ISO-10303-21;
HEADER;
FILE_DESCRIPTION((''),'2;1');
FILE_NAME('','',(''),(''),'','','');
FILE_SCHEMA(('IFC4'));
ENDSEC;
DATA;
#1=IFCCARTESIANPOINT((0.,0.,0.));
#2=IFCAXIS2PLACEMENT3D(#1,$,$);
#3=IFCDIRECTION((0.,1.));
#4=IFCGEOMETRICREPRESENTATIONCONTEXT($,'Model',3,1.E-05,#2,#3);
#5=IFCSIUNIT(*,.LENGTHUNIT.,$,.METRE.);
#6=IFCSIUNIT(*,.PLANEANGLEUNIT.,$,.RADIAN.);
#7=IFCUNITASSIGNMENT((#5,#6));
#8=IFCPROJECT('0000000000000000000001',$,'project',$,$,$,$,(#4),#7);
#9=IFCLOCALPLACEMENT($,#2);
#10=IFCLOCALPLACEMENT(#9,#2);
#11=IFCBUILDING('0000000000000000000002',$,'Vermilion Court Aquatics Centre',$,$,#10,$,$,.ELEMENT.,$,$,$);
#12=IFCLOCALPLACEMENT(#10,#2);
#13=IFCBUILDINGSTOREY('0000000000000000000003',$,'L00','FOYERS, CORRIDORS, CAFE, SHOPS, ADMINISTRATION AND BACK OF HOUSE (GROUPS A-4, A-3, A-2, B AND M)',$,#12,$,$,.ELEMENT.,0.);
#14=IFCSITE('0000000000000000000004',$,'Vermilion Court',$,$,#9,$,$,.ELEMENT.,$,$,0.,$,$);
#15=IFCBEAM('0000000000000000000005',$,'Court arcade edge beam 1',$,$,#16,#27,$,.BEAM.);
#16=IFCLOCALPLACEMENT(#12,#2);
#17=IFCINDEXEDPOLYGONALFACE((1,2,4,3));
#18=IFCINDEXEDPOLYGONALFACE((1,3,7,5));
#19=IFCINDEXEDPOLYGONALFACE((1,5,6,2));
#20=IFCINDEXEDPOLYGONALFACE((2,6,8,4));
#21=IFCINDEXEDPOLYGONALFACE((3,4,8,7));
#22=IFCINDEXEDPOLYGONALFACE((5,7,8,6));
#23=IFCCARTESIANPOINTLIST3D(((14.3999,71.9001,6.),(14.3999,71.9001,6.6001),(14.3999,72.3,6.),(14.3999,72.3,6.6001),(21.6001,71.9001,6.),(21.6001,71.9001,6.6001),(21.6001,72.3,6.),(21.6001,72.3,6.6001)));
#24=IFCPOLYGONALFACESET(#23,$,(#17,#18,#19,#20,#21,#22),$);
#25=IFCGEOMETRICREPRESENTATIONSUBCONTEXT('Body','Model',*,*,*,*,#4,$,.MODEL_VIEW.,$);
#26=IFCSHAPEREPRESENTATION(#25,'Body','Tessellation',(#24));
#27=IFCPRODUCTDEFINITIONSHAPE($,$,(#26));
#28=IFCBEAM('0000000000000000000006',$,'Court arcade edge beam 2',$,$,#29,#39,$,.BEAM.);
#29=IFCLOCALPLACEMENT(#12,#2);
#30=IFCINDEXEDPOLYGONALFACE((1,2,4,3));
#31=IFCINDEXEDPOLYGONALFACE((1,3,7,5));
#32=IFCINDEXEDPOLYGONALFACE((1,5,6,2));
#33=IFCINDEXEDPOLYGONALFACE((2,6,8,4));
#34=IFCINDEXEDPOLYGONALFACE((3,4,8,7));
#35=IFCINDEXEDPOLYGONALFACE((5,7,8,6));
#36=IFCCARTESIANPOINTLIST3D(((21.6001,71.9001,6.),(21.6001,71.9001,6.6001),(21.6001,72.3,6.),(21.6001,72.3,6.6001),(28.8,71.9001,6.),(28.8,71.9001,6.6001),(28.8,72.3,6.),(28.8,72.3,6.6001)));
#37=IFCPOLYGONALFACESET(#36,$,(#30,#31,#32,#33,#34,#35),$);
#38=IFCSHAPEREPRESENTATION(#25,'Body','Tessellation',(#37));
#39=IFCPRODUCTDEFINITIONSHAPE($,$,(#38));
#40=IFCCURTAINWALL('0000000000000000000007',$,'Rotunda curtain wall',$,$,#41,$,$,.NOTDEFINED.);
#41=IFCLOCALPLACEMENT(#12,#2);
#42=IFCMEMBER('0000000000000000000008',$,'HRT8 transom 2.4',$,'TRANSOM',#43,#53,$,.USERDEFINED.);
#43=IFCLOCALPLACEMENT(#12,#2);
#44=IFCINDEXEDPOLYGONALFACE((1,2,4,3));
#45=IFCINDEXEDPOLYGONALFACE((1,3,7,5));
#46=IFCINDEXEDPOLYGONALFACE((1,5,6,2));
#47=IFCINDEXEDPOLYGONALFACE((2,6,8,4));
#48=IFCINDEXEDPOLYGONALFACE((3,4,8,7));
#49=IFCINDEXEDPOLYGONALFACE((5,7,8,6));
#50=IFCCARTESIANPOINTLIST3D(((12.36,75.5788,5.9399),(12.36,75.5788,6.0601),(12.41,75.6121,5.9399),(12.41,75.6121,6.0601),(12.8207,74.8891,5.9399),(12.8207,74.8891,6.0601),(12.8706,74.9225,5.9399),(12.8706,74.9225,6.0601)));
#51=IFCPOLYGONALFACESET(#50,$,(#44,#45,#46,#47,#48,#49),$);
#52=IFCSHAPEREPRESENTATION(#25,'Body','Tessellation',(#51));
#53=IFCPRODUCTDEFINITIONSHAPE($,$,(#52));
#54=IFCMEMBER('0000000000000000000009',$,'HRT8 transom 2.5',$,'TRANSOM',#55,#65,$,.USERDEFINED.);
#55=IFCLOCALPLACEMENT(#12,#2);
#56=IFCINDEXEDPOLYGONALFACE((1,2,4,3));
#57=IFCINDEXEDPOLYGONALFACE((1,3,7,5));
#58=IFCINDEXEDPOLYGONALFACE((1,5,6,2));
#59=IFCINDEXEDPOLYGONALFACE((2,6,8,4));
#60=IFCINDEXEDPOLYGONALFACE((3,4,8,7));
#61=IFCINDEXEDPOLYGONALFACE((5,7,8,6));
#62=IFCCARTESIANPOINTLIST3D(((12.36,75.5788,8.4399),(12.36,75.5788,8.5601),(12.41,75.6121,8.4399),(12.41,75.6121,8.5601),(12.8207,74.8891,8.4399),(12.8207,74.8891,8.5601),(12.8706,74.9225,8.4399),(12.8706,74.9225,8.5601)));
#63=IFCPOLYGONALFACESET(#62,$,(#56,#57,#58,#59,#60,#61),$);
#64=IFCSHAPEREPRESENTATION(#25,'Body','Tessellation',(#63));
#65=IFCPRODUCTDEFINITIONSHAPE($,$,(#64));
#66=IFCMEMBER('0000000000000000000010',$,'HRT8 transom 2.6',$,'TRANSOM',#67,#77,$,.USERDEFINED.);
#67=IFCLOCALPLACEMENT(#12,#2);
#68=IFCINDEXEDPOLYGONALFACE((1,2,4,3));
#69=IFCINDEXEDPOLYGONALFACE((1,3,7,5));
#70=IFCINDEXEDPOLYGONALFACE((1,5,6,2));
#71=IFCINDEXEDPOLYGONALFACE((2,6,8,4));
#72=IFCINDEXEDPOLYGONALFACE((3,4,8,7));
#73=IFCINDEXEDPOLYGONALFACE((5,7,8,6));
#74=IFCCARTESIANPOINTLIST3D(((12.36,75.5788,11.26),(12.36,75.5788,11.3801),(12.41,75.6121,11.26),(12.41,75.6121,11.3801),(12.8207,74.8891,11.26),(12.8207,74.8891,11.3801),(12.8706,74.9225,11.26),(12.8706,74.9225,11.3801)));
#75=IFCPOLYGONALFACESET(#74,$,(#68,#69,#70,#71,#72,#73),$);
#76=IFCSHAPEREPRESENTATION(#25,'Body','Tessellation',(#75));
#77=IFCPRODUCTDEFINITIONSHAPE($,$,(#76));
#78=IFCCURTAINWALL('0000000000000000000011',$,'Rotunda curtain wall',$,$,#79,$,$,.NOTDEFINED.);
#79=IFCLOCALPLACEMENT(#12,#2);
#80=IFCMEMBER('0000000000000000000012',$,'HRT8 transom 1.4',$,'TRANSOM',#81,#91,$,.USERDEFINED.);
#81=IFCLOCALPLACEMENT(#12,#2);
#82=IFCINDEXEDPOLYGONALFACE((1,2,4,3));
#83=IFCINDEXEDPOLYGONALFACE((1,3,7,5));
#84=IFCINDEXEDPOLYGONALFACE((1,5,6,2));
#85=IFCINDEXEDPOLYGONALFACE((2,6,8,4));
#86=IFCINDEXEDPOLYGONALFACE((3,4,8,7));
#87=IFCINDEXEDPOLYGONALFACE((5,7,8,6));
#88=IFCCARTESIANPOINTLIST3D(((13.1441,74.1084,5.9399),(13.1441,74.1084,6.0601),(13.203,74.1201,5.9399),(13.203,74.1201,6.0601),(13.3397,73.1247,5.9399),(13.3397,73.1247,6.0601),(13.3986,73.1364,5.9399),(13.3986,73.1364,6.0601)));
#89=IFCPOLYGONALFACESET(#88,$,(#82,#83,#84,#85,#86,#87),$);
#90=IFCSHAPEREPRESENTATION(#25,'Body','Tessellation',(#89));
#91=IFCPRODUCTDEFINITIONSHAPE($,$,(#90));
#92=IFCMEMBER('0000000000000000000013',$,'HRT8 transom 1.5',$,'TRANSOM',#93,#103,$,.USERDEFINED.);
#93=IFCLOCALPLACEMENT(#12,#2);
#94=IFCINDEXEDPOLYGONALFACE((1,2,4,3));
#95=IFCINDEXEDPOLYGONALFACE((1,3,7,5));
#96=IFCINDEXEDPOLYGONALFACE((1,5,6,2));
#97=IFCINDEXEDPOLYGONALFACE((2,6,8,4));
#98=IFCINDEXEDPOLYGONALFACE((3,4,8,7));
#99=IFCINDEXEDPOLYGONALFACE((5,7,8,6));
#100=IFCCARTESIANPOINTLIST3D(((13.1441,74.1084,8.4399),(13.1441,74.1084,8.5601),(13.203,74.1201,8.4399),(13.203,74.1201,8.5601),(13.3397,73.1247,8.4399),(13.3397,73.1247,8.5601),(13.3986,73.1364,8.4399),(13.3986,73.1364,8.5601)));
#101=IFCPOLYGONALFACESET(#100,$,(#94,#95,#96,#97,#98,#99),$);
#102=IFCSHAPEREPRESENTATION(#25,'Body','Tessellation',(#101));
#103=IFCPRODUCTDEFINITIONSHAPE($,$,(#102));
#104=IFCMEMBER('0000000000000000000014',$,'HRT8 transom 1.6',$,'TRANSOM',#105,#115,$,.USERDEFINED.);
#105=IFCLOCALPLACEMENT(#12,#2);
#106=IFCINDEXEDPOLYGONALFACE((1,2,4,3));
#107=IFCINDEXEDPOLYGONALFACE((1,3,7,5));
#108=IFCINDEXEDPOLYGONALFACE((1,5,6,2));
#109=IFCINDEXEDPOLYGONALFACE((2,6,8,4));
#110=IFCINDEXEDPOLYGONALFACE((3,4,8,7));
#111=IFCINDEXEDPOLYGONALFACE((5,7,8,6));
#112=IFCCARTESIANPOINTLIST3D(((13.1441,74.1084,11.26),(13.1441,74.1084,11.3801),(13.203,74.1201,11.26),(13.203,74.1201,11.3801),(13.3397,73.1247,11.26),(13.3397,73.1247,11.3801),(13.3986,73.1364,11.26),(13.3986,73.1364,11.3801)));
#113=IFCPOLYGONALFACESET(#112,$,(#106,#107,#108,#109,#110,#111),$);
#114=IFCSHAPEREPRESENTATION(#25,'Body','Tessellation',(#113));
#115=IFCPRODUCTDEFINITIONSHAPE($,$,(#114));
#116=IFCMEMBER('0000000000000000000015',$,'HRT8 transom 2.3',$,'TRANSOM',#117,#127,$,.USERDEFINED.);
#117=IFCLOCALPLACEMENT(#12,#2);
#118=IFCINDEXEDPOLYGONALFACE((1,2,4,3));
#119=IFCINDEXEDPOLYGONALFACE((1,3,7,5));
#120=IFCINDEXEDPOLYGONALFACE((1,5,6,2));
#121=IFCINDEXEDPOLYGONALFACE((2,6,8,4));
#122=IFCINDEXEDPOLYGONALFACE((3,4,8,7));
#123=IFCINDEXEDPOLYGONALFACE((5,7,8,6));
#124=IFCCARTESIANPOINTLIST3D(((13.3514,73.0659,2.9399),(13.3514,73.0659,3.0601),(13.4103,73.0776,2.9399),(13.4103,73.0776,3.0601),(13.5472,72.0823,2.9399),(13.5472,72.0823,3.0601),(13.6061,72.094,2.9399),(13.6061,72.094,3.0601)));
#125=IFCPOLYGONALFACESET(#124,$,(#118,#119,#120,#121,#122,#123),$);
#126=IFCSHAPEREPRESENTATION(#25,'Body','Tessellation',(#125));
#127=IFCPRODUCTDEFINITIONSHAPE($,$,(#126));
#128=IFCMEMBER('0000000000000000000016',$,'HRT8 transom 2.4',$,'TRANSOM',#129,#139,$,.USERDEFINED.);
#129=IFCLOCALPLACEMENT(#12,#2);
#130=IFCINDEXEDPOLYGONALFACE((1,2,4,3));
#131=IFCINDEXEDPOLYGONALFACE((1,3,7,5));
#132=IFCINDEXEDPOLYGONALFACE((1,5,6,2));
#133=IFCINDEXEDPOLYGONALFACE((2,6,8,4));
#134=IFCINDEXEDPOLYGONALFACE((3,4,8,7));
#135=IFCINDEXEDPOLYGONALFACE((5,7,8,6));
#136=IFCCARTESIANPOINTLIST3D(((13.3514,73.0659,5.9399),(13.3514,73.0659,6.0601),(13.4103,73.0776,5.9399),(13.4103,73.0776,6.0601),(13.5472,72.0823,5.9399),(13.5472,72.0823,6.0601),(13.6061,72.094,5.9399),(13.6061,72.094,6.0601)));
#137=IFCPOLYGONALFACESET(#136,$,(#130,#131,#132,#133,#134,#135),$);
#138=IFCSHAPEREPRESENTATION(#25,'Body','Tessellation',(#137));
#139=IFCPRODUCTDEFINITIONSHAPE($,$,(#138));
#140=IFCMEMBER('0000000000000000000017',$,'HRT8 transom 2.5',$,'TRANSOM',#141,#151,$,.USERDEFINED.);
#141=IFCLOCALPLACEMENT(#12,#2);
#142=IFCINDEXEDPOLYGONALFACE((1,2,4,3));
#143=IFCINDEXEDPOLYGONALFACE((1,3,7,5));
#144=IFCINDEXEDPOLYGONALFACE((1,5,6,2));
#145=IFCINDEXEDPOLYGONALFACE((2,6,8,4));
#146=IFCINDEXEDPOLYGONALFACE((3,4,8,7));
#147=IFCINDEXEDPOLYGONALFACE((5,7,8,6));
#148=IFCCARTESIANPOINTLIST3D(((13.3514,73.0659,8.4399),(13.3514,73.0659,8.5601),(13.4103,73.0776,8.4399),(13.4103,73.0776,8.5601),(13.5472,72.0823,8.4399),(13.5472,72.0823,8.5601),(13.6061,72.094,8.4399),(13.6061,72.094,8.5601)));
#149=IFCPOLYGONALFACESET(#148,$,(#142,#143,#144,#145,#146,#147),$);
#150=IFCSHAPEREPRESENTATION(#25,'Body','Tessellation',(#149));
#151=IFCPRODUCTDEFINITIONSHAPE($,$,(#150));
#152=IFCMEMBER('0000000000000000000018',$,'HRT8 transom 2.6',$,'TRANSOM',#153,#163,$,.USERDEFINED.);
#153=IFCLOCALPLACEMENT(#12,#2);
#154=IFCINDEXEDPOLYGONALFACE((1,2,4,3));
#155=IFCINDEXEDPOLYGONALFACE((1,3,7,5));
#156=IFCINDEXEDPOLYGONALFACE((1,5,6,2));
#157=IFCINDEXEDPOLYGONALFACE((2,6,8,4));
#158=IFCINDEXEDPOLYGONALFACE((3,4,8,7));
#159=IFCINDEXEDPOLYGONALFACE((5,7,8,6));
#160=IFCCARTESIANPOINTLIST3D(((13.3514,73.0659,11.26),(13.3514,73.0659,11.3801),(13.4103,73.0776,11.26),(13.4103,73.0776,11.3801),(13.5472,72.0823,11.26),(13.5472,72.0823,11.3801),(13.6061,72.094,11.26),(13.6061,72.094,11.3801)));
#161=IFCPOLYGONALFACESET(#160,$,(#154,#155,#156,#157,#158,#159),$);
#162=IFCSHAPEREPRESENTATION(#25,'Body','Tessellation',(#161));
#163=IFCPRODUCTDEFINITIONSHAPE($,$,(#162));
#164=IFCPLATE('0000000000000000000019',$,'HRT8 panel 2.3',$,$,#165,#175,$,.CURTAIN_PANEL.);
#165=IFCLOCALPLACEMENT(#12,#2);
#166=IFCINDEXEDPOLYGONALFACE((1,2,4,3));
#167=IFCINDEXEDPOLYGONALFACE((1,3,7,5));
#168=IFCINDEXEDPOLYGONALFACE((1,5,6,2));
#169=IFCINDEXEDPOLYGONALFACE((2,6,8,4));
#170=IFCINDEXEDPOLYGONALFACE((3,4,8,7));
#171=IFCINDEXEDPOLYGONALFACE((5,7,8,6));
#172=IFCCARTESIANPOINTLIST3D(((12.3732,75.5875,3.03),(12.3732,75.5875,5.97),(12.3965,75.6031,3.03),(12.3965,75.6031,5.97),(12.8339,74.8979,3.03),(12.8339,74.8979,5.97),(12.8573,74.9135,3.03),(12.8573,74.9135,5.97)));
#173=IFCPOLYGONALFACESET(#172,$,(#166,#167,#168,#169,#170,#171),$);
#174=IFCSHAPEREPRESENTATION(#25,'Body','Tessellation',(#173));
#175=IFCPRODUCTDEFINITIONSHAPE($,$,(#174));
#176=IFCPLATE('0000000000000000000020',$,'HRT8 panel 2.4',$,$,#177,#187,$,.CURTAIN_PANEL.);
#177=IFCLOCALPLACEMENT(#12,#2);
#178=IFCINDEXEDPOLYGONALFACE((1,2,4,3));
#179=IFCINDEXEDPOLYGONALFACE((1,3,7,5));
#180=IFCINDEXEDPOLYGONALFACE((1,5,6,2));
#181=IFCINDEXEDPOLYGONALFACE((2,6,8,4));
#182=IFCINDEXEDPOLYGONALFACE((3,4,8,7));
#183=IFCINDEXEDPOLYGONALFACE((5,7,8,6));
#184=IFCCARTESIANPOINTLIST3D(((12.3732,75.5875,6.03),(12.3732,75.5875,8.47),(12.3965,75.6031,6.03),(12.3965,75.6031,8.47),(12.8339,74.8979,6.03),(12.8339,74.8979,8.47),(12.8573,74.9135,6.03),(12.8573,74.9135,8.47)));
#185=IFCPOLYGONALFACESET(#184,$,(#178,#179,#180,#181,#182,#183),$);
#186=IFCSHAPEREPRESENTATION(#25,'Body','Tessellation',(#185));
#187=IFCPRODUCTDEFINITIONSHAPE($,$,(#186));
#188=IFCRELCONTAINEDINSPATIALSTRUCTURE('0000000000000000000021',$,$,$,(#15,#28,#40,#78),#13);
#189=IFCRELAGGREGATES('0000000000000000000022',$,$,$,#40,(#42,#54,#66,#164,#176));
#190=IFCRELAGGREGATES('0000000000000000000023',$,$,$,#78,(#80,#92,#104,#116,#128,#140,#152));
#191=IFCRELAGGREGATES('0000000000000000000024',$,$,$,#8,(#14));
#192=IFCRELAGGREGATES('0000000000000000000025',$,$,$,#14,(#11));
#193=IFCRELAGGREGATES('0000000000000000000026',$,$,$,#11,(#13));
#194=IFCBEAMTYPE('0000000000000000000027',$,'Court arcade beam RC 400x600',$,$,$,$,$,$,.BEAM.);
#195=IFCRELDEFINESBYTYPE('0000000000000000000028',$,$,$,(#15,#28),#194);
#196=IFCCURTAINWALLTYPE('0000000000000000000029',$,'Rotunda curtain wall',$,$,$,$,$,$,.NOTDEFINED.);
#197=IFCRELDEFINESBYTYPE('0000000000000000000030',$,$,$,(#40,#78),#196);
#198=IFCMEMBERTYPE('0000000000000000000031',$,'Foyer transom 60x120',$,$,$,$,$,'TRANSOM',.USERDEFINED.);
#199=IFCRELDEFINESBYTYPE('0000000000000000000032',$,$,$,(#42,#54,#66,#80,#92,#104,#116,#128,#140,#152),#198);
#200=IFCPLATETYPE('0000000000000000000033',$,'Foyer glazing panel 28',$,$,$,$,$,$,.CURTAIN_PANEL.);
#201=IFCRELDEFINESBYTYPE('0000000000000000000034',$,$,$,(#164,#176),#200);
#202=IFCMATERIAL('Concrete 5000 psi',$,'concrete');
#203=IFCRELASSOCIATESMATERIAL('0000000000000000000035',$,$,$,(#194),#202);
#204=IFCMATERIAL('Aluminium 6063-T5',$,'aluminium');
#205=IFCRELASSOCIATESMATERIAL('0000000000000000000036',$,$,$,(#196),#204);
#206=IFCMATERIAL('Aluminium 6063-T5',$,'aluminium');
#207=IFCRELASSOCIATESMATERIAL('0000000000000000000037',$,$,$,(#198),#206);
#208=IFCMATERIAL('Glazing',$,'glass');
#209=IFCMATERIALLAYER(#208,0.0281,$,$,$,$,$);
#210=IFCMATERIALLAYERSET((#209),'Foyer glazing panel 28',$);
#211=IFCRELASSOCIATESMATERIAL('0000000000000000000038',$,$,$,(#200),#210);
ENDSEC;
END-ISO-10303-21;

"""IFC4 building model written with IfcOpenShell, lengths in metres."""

from ifc_helpers import new_model, si_unit, direction, frame, origin, origin_2d, place, context, subcontext, project, spatial, rectangle, extrude, material, layer, layer_set, material_profile, profile_set, type_object, element, aggregate, save


model = new_model("IFC4")

# Units and contexts
model_context = context("Model", 3, precision=1e-05, world=origin(), true_north=direction((0.0, 1.0)))
body_context = subcontext(model_context, "Body", "Model", "MODEL_VIEW")
ifc_project = project(units=[si_unit("LENGTHUNIT", "METRE"), si_unit("PLANEANGLEUNIT", "RADIAN")], contexts=[model_context])

# Site, building, storey
site_placement = place(None, origin())
site = spatial("IfcSite", under=ifc_project, at=site_placement, Name="Vermilion Court", CompositionType="ELEMENT", RefElevation=0.0)
building_placement = place(site_placement, origin())
building = spatial("IfcBuilding", under=site, at=building_placement, Name="Vermilion Court Aquatics Centre", CompositionType="ELEMENT")
storey_placement = place(building_placement, origin())
storey = spatial("IfcBuildingStorey", under=building, at=storey_placement, Name="L00", Description="FOYERS, CORRIDORS, CAFE, SHOPS, ADMINISTRATION AND BACK OF HOUSE (GROUPS A-4, A-3, A-2, B AND M)", CompositionType="ELEMENT", Elevation=0.0)

# Beams
ifc_material_1 = material(Name="Concrete 5000 psi", Category="concrete")
ifc_material_profile_1 = material_profile(ifc_material_1, rectangle(XDim=0.3999, YDim=0.6001, at=origin_2d()), Name="RC 400x600")
ifc_profile_set_1 = profile_set([ifc_material_profile_1], Name="Concrete 5000 psi")
beam_type = type_object("IfcBeamType", Name="Court arcade beam RC 400x600", PredefinedType="BEAM", material=ifc_profile_set_1)
beam_1_placement = place(storey_placement, frame((14.3999, 72.1001, 6.3), z_axis=(1.0, 0.0, 0.0), x_axis=(0.0, 1.0, 0.0)))
element("IfcBeam", 1, at=beam_1_placement, inside=storey, type_object=beam_type, Name="Court arcade edge beam 1", PredefinedType="BEAM", context=body_context, shape_type="SweptSolid", body=[
    extrude(rectangle(XDim=0.3999, YDim=0.6001, at=origin_2d()), origin(), (0.0, 0.0, 1.0), 7.2002),
])
beam_2_placement = place(storey_placement, frame((21.6001, 72.1001, 6.3), z_axis=(1.0, 0.0, 0.0), x_axis=(0.0, 1.0, 0.0)))
element("IfcBeam", 2, at=beam_2_placement, inside=storey, type_object=beam_type, Name="Court arcade edge beam 2", PredefinedType="BEAM", context=body_context, shape_type="SweptSolid", body=[
    extrude(rectangle(XDim=0.3999, YDim=0.6001, at=origin_2d()), origin(), (0.0, 0.0, 1.0), 7.2),
])

# Curtain walls, members
ifc_material_2 = material(Name="Aluminium 6063-T5", Category="aluminium")
curtain_wall_type = type_object("IfcCurtainWallType", Name="Rotunda curtain wall", PredefinedType="NOTDEFINED", material=ifc_material_2)
curtain_wall_1_placement = place(storey_placement, origin())
curtain_wall_1 = element("IfcCurtainWall", 3, at=curtain_wall_1_placement, inside=storey, type_object=curtain_wall_type, Name="Rotunda curtain wall", PredefinedType="NOTDEFINED")
ifc_material_3 = material(Name="Aluminium 6063-T5", Category="aluminium")
ifc_material_profile_2 = material_profile(ifc_material_3, rectangle(XDim=0.0601, YDim=0.1201, at=origin_2d()), Name="Aluminium 60x120")
ifc_profile_set_2 = profile_set([ifc_material_profile_2], Name="Aluminium 6063-T5")
member_type = type_object("IfcMemberType", Name="Foyer transom 60x120", ElementType="TRANSOM", PredefinedType="USERDEFINED", material=ifc_profile_set_2)
member_1_placement = place(storey_placement, frame((12.385, 75.5955, 6.0), z_axis=(0.555447, -0.831552, 0.0), x_axis=(0.831552, 0.555447, 0.0)))
member_1 = element("IfcMember", 4, at=member_1_placement, type_object=member_type, Name="HRT8 transom 2.4", ObjectType="TRANSOM", PredefinedType="USERDEFINED", context=body_context, shape_type="SweptSolid", body=[
    extrude(rectangle(XDim=0.0601, YDim=0.1201, at=origin_2d()), origin(), (0.0, 0.0, 1.0), 0.8293),
])
member_2_placement = place(storey_placement, frame((12.385, 75.5955, 8.5), z_axis=(0.555447, -0.831552, 0.0), x_axis=(0.831552, 0.555447, 0.0)))
member_2 = element("IfcMember", 5, at=member_2_placement, type_object=member_type, Name="HRT8 transom 2.5", ObjectType="TRANSOM", PredefinedType="USERDEFINED", context=body_context, shape_type="SweptSolid", body=[
    extrude(rectangle(XDim=0.0601, YDim=0.1201, at=origin_2d()), origin(), (0.0, 0.0, 1.0), 0.8293),
])
member_3_placement = place(storey_placement, frame((12.385, 75.5955, 11.3201), z_axis=(0.555447, -0.831552, 0.0), x_axis=(0.831552, 0.555447, 0.0)))
member_3 = element("IfcMember", 6, at=member_3_placement, type_object=member_type, Name="HRT8 transom 2.6", ObjectType="TRANSOM", PredefinedType="USERDEFINED", context=body_context, shape_type="SweptSolid", body=[
    extrude(rectangle(XDim=0.0601, YDim=0.1201, at=origin_2d()), origin(), (0.0, 0.0, 1.0), 0.8293),
])
curtain_wall_2_placement = place(storey_placement, origin())
curtain_wall_2 = element("IfcCurtainWall", 7, at=curtain_wall_2_placement, inside=storey, type_object=curtain_wall_type, Name="Rotunda curtain wall", PredefinedType="NOTDEFINED")
member_4_placement = place(storey_placement, frame((13.1736, 74.1143, 6.0), z_axis=(0.194992, -0.980805, 0.0), x_axis=(0.980805, 0.194992, 0.0)))
member_4 = element("IfcMember", 8, at=member_4_placement, type_object=member_type, Name="HRT8 transom 1.4", ObjectType="TRANSOM", PredefinedType="USERDEFINED", context=body_context, shape_type="SweptSolid", body=[
    extrude(rectangle(XDim=0.0601, YDim=0.1201, at=origin_2d()), origin(), (0.0, 0.0, 1.0), 1.0029),
])
member_5_placement = place(storey_placement, frame((13.1736, 74.1143, 8.5), z_axis=(0.194992, -0.980805, 0.0), x_axis=(0.980805, 0.194992, 0.0)))
member_5 = element("IfcMember", 9, at=member_5_placement, type_object=member_type, Name="HRT8 transom 1.5", ObjectType="TRANSOM", PredefinedType="USERDEFINED", context=body_context, shape_type="SweptSolid", body=[
    extrude(rectangle(XDim=0.0601, YDim=0.1201, at=origin_2d()), origin(), (0.0, 0.0, 1.0), 1.0029),
])
member_6_placement = place(storey_placement, frame((13.1736, 74.1143, 11.3201), z_axis=(0.194992, -0.980805, 0.0), x_axis=(0.980805, 0.194992, 0.0)))
member_6 = element("IfcMember", 10, at=member_6_placement, type_object=member_type, Name="HRT8 transom 1.6", ObjectType="TRANSOM", PredefinedType="USERDEFINED", context=body_context, shape_type="SweptSolid", body=[
    extrude(rectangle(XDim=0.0601, YDim=0.1201, at=origin_2d()), origin(), (0.0, 0.0, 1.0), 1.0029),
])
member_7_placement = place(storey_placement, frame((13.3809, 73.0718, 3.0), z_axis=(0.195227, -0.980758, 0.0), x_axis=(0.980758, 0.195227, 0.0)))
member_7 = element("IfcMember", 11, at=member_7_placement, type_object=member_type, Name="HRT8 transom 2.3", ObjectType="TRANSOM", PredefinedType="USERDEFINED", context=body_context, shape_type="SweptSolid", body=[
    extrude(rectangle(XDim=0.0601, YDim=0.1201, at=origin_2d()), origin(), (0.0, 0.0, 1.0), 1.0029),
])
member_8_placement = place(storey_placement, frame((13.3809, 73.0718, 6.0), z_axis=(0.195227, -0.980758, 0.0), x_axis=(0.980758, 0.195227, 0.0)))
member_8 = element("IfcMember", 12, at=member_8_placement, type_object=member_type, Name="HRT8 transom 2.4", ObjectType="TRANSOM", PredefinedType="USERDEFINED", context=body_context, shape_type="SweptSolid", body=[
    extrude(rectangle(XDim=0.0601, YDim=0.1201, at=origin_2d()), origin(), (0.0, 0.0, 1.0), 1.0029),
])
member_9_placement = place(storey_placement, frame((13.3809, 73.0718, 8.5), z_axis=(0.195227, -0.980758, 0.0), x_axis=(0.980758, 0.195227, 0.0)))
member_9 = element("IfcMember", 13, at=member_9_placement, type_object=member_type, Name="HRT8 transom 2.5", ObjectType="TRANSOM", PredefinedType="USERDEFINED", context=body_context, shape_type="SweptSolid", body=[
    extrude(rectangle(XDim=0.0601, YDim=0.1201, at=origin_2d()), origin(), (0.0, 0.0, 1.0), 1.0029),
])
member_10_placement = place(storey_placement, frame((13.3809, 73.0718, 11.3201), z_axis=(0.195227, -0.980758, 0.0), x_axis=(0.980758, 0.195227, 0.0)))
member_10 = element("IfcMember", 14, at=member_10_placement, type_object=member_type, Name="HRT8 transom 2.6", ObjectType="TRANSOM", PredefinedType="USERDEFINED", context=body_context, shape_type="SweptSolid", body=[
    extrude(rectangle(XDim=0.0601, YDim=0.1201, at=origin_2d()), origin(), (0.0, 0.0, 1.0), 1.0029),
])

# Plates
ifc_material_4 = material(Name="Glazing", Category="glass")
ifc_layer = layer(ifc_material_4, 0.0281)
ifc_layer_set = layer_set([ifc_layer], Name="Foyer glazing panel 28")
plate_type = type_object("IfcPlateType", Name="Foyer glazing panel 28", PredefinedType="CURTAIN_PANEL", material=ifc_layer_set)
plate_1_placement = place(storey_placement, frame((12.6152, 75.2505, 3.03), z_axis=(0.0, 0.0, 1.0), x_axis=(0.555541, -0.831489, 0.0)))
plate_1 = element("IfcPlate", 15, at=plate_1_placement, type_object=plate_type, Name="HRT8 panel 2.3", PredefinedType="CURTAIN_PANEL", context=body_context, shape_type="SweptSolid", body=[
    extrude(rectangle(XDim=0.8293, YDim=0.0281, at=origin_2d()), origin(), (0.0, 0.0, 1.0), 2.9399),
])
plate_2_placement = place(storey_placement, frame((12.6152, 75.2505, 6.03), z_axis=(0.0, 0.0, 1.0), x_axis=(0.555541, -0.831489, 0.0)))
plate_2 = element("IfcPlate", 16, at=plate_2_placement, type_object=plate_type, Name="HRT8 panel 2.4", PredefinedType="CURTAIN_PANEL", context=body_context, shape_type="SweptSolid", body=[
    extrude(rectangle(XDim=0.8293, YDim=0.0281, at=origin_2d()), origin(), (0.0, 0.0, 1.0), 2.4399),
])
aggregate(curtain_wall_1, [member_1, member_2, member_3, plate_1, plate_2])
aggregate(curtain_wall_2, [member_4, member_5, member_6, member_7, member_8, member_9, member_10])

save(model, "model.ifc")
